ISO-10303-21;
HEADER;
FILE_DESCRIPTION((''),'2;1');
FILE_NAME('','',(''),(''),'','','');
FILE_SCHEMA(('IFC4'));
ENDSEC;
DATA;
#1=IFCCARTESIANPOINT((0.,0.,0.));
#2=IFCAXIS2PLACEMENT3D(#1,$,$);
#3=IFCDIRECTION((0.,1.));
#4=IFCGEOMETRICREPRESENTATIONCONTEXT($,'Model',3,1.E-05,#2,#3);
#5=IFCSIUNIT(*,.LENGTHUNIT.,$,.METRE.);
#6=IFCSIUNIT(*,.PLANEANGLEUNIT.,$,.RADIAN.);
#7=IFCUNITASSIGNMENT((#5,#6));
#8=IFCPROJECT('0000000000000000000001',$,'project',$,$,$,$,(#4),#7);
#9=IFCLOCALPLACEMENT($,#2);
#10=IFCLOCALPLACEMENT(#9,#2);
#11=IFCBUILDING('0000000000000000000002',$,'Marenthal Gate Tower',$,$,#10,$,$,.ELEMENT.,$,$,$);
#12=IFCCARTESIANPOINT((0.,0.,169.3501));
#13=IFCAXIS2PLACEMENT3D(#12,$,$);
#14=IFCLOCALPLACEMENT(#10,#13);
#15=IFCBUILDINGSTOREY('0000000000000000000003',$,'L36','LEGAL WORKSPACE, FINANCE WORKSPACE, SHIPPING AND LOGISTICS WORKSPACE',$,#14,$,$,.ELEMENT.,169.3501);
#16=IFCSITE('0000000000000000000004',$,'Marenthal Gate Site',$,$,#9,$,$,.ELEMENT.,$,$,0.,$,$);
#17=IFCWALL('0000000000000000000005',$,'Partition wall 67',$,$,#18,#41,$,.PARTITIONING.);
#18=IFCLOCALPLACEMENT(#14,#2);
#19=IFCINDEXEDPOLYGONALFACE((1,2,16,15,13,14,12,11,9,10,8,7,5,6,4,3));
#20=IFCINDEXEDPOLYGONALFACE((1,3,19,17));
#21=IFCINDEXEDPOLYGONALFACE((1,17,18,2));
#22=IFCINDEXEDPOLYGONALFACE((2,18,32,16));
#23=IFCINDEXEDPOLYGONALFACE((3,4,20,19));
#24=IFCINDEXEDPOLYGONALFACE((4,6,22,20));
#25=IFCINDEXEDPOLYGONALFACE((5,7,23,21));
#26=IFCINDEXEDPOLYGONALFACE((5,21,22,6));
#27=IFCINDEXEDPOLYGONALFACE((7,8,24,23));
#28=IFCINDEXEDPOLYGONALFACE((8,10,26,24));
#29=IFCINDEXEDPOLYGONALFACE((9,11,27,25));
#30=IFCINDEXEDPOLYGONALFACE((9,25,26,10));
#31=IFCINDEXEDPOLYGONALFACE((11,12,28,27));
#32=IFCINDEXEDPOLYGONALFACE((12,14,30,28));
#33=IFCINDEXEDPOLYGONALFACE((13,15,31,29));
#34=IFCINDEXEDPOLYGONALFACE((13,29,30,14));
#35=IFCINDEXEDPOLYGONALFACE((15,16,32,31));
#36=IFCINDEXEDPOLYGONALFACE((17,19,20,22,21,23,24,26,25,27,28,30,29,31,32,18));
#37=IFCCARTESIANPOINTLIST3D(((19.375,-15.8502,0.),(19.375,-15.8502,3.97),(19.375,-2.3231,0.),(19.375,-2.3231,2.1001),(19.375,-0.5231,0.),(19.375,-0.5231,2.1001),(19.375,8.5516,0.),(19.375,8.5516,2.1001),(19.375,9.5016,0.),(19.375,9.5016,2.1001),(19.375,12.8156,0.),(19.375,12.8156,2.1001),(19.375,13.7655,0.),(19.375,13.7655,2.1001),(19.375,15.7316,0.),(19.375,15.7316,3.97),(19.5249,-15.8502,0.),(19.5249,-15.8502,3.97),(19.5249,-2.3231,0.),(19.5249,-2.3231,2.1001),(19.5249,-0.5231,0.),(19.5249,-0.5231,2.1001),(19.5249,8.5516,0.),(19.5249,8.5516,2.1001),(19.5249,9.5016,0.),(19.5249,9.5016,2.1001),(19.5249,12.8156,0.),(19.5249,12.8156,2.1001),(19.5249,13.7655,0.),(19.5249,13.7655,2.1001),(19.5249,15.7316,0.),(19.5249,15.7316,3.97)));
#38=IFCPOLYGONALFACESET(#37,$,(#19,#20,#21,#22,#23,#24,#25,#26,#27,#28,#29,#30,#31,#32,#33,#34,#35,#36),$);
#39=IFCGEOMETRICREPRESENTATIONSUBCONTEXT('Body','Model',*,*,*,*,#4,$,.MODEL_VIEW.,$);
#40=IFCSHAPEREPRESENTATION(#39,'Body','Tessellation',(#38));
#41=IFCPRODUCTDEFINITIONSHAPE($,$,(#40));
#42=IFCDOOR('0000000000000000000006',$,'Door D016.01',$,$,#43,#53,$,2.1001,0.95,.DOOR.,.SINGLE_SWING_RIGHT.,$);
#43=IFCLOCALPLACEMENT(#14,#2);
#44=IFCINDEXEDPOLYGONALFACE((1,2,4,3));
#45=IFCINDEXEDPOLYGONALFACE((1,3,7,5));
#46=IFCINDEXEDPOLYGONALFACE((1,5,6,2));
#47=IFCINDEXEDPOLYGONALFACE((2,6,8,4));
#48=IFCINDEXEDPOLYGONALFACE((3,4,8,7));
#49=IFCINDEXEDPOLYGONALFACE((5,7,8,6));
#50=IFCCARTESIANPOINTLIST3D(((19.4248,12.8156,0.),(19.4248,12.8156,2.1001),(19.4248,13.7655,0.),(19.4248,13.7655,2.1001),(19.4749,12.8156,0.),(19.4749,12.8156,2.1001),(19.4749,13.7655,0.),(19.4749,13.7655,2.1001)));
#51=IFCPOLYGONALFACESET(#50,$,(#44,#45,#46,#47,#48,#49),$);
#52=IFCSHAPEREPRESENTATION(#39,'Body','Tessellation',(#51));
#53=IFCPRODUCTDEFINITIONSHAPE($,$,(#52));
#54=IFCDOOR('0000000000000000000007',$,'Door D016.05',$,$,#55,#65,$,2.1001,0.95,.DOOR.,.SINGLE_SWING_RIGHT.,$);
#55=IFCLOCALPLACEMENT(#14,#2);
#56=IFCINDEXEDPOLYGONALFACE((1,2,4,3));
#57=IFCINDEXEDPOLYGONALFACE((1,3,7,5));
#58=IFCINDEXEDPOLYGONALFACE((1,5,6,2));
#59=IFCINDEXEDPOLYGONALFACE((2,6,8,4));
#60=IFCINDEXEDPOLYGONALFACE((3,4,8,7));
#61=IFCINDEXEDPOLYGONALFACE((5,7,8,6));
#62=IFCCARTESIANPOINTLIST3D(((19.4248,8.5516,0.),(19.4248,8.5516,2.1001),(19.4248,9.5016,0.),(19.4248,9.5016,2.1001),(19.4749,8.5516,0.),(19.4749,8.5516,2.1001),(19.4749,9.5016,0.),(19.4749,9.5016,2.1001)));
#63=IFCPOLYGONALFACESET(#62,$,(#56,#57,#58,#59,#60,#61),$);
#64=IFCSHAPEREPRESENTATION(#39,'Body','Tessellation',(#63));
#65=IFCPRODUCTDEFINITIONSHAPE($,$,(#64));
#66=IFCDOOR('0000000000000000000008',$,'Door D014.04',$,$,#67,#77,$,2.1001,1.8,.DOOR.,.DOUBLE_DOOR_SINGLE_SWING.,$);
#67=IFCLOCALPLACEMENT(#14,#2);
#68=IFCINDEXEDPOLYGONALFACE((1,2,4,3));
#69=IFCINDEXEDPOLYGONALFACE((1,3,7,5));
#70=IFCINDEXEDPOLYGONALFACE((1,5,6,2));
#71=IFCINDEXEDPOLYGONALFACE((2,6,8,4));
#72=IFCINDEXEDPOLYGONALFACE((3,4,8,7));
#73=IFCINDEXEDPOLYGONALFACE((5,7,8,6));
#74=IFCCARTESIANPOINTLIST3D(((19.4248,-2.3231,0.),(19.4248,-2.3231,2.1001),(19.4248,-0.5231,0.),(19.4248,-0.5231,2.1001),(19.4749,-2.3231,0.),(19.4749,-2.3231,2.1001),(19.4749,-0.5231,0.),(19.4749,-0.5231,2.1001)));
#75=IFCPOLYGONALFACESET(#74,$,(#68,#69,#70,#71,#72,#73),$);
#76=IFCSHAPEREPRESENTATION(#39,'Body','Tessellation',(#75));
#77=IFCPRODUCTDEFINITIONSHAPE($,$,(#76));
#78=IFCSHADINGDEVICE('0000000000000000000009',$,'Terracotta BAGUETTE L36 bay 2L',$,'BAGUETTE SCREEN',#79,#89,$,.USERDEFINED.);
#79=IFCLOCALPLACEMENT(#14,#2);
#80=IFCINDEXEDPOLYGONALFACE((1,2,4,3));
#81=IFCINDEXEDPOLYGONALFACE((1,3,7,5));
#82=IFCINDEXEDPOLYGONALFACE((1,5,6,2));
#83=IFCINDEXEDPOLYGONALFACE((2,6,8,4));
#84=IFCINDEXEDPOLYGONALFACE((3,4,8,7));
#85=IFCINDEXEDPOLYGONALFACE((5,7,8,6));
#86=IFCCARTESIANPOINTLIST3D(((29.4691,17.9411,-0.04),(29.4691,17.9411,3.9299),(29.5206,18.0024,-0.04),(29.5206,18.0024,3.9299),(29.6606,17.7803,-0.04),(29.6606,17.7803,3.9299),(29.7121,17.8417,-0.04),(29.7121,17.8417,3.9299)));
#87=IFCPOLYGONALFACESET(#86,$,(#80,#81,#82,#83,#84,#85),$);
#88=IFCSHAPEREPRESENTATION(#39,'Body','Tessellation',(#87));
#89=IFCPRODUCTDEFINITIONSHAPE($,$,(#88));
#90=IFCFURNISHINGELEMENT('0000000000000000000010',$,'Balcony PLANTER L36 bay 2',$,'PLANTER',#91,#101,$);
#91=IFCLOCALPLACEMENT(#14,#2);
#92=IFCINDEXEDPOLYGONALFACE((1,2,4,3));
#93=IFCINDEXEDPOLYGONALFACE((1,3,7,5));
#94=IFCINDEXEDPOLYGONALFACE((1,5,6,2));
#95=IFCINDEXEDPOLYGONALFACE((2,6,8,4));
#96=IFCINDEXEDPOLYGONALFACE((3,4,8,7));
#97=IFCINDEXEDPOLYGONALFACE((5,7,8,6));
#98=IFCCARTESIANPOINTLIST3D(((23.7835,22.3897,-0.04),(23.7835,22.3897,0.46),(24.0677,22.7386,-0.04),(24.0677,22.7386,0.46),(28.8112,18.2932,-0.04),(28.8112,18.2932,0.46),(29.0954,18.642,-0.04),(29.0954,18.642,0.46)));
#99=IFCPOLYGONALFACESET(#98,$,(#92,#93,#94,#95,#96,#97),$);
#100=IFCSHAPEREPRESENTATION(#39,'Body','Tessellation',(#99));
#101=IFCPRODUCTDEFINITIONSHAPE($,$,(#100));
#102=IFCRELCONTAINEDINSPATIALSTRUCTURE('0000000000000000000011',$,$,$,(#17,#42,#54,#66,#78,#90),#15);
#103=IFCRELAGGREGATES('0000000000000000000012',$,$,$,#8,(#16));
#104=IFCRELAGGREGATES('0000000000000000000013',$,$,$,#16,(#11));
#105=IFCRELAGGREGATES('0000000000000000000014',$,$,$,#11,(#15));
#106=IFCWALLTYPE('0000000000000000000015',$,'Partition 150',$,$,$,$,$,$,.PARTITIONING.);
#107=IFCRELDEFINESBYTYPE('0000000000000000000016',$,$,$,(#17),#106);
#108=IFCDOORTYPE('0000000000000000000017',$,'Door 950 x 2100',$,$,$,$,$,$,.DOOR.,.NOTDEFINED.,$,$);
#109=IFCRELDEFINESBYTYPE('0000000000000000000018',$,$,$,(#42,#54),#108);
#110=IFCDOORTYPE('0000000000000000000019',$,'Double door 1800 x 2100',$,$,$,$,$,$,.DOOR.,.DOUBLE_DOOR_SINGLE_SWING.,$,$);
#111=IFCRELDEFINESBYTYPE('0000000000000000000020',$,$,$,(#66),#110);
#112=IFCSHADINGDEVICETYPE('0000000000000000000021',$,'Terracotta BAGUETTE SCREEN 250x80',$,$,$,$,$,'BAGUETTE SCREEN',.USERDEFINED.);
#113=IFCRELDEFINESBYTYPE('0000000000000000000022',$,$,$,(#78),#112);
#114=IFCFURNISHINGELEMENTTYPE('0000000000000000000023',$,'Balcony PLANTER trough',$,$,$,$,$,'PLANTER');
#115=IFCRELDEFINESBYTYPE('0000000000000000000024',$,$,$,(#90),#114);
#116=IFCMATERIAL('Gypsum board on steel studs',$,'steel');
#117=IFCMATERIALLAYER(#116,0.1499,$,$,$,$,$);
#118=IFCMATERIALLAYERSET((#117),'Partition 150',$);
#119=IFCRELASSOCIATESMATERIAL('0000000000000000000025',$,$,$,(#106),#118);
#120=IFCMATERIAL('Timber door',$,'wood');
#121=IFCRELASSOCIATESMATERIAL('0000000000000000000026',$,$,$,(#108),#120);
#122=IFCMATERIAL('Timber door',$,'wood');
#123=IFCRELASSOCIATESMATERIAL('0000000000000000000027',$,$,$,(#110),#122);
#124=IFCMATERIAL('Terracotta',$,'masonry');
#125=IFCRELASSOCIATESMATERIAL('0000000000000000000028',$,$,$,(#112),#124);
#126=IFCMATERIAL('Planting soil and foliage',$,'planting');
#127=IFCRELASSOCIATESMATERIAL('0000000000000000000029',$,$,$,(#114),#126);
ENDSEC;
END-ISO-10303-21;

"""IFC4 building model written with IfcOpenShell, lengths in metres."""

from ifc_helpers import new_model, si_unit, direction, frame, frame_2d, origin, origin_2d, place, context, subcontext, project, spatial, rectangle, extrude, material, layer, layer_set, material_profile, profile_set, type_object, element, fill, save


model = new_model("IFC4")

# Units and contexts
model_context = context("Model", 3, precision=1e-05, world=origin(), true_north=direction((0.0, 1.0)))
body_context = subcontext(model_context, "Body", "Model", "MODEL_VIEW")
ifc_project = project(units=[si_unit("LENGTHUNIT", "METRE"), si_unit("PLANEANGLEUNIT", "RADIAN")], contexts=[model_context])

# Site, building, storey
site_placement = place(None, origin())
site = spatial("IfcSite", under=ifc_project, at=site_placement, Name="Marenthal Gate Site", CompositionType="ELEMENT", RefElevation=0.0)
building_placement = place(site_placement, origin())
building = spatial("IfcBuilding", under=site, at=building_placement, Name="Marenthal Gate Tower", CompositionType="ELEMENT")
storey_placement = place(building_placement, frame((0.0, 0.0, 169.3501)))
storey = spatial("IfcBuildingStorey", under=building, at=storey_placement, Name="L36", Description="LEGAL WORKSPACE, FINANCE WORKSPACE, SHIPPING AND LOGISTICS WORKSPACE", CompositionType="ELEMENT", Elevation=169.3501)

# Wall, openings, doors
ifc_material_1 = material(Name="Gypsum board on steel studs", Category="steel")
ifc_layer_1 = layer(ifc_material_1, 0.1499)
ifc_layer_set_1 = layer_set([ifc_layer_1], Name="Partition 150")
wall_type_1 = type_object("IfcWallType", Name="Partition 150", PredefinedType="PARTITIONING", material=ifc_layer_set_1)
wall_1_placement = place(storey_placement, frame((19.45, 15.7317, 0.0), z_axis=(0.0, 0.0, 1.0), x_axis=(0.0, -1.0, 0.0)))
wall_1 = element("IfcWall", 1, at=wall_1_placement, inside=storey, type_object=wall_type_1, Name="Partition wall 67", PredefinedType="PARTITIONING", context=body_context, shape_type="SweptSolid", body=[
    extrude(rectangle(XDim=31.5818, YDim=0.1499, at=frame_2d((15.791, 0.0))), origin(), (0.0, 0.0, 1.0), 3.97),
])
opening_1_placement = place(wall_1_placement, frame((1.9661, 0.0, 0.0)))
opening_1 = element("IfcOpeningElement", 2, at=opening_1_placement, cuts=wall_1, PredefinedType="OPENING", context=body_context, shape_type="SweptSolid", body=[
    extrude(rectangle(XDim=0.95, YDim=2.1001, at=frame_2d((0.4751, 1.05))), frame((0.0, 0.085, 0.0), z_axis=(0.0, -1.0, 0.0), x_axis=(1.0, 0.0, 0.0)), (0.0, 0.0, 1.0), 0.1699),
])
opening_2_placement = place(wall_1_placement, frame((6.23, 0.0, 0.0)))
opening_2 = element("IfcOpeningElement", 3, at=opening_2_placement, cuts=wall_1, PredefinedType="OPENING", context=body_context, shape_type="SweptSolid", body=[
    extrude(rectangle(XDim=0.95, YDim=2.1001, at=frame_2d((0.4751, 1.05))), frame((0.0, 0.085, 0.0), z_axis=(0.0, -1.0, 0.0), x_axis=(1.0, 0.0, 0.0)), (0.0, 0.0, 1.0), 0.1699),
])
opening_3_placement = place(wall_1_placement, frame((16.2549, 0.0, 0.0)))
opening_3 = element("IfcOpeningElement", 4, at=opening_3_placement, cuts=wall_1, PredefinedType="OPENING", context=body_context, shape_type="SweptSolid", body=[
    extrude(rectangle(XDim=1.8, YDim=2.1001, at=frame_2d((0.8999, 1.05))), frame((0.0, 0.085, 0.0), z_axis=(0.0, -1.0, 0.0), x_axis=(1.0, 0.0, 0.0)), (0.0, 0.0, 1.0), 0.1699),
])
ifc_material_2 = material(Name="Timber door", Category="wood")
door_type_1 = type_object("IfcDoorType", Name="Door 950 x 2100", OperationType="NOTDEFINED", PredefinedType="DOOR", material=ifc_material_2)
door_1_placement = place(opening_1_placement, origin())
door_1 = element("IfcDoor", 5, at=door_1_placement, inside=storey, type_object=door_type_1, Name="Door D016.01", OperationType="SINGLE_SWING_RIGHT", OverallHeight=2.1001, OverallWidth=0.95, PredefinedType="DOOR", context=body_context, shape_type="SweptSolid", body=[
    extrude(rectangle(XDim=0.95, YDim=2.1001, at=frame_2d((0.4751, 1.05))), frame((0.0, 0.0249, 0.0), z_axis=(0.0, -1.0, 0.0), x_axis=(1.0, 0.0, 0.0)), (0.0, 0.0, 1.0), 0.05),
])
fill(opening_1, door_1)
door_2_placement = place(opening_2_placement, origin())
door_2 = element("IfcDoor", 6, at=door_2_placement, inside=storey, type_object=door_type_1, Name="Door D016.05", OperationType="SINGLE_SWING_RIGHT", OverallHeight=2.1001, OverallWidth=0.95, PredefinedType="DOOR", context=body_context, shape_type="SweptSolid", body=[
    extrude(rectangle(XDim=0.95, YDim=2.1001, at=frame_2d((0.4751, 1.05))), frame((0.0, 0.0249, 0.0), z_axis=(0.0, -1.0, 0.0), x_axis=(1.0, 0.0, 0.0)), (0.0, 0.0, 1.0), 0.05),
])
fill(opening_2, door_2)
ifc_material_3 = material(Name="Timber door", Category="wood")
door_type_2 = type_object("IfcDoorType", Name="Double door 1800 x 2100", OperationType="DOUBLE_DOOR_SINGLE_SWING", PredefinedType="DOOR", material=ifc_material_3)
door_3_placement = place(opening_3_placement, origin())
door_3 = element("IfcDoor", 7, at=door_3_placement, inside=storey, type_object=door_type_2, Name="Door D014.04", OperationType="DOUBLE_DOOR_SINGLE_SWING", OverallHeight=2.1001, OverallWidth=1.8, PredefinedType="DOOR", context=body_context, shape_type="SweptSolid", body=[
    extrude(rectangle(XDim=1.8, YDim=2.1001, at=frame_2d((0.8999, 1.05))), frame((0.0, 0.0249, 0.0), z_axis=(0.0, -1.0, 0.0), x_axis=(1.0, 0.0, 0.0)), (0.0, 0.0, 1.0), 0.05),
])
fill(opening_3, door_3)

# Shading device
ifc_material_4 = material(Name="Terracotta", Category="masonry")
ifc_material_profile_1 = material_profile(ifc_material_4, rectangle(XDim=0.25, YDim=0.0801, at=origin_2d()), Name="Terracotta baguette 250x80")
ifc_profile_set_1 = profile_set([ifc_material_profile_1], Name="Terracotta")
shading_device_type = type_object("IfcShadingDeviceType", Name="Terracotta BAGUETTE SCREEN 250x80", ElementType="BAGUETTE SCREEN", PredefinedType="USERDEFINED", material=ifc_profile_set_1)
shading_device_placement = place(storey_placement, frame((29.5906, 17.8914, -0.04), z_axis=(0.0, 0.0, 1.0), x_axis=(-0.765921, 0.642935, 0.0)))
element("IfcShadingDevice", 8, at=shading_device_placement, inside=storey, type_object=shading_device_type, Name="Terracotta BAGUETTE L36 bay 2L", ObjectType="BAGUETTE SCREEN", PredefinedType="USERDEFINED", context=body_context, shape_type="SweptSolid", body=[
    extrude(rectangle(XDim=0.25, YDim=0.0801, at=origin_2d()), origin(), (0.0, 0.0, 1.0), 3.97),
])

# Furnishing element
ifc_material_5 = material(Name="Planting soil and foliage", Category="planting")
furnishing_element_type = type_object("IfcFurnishingElementType", Name="Balcony PLANTER trough", ElementType="PLANTER", material=ifc_material_5)
furnishing_placement = place(storey_placement, frame((26.4395, 20.5159, -0.04), z_axis=(0.0, 0.0, 1.0), x_axis=(-0.77524, 0.631667, 0.0)))
element("IfcFurnishingElement", 9, at=furnishing_placement, inside=storey, type_object=furnishing_element_type, Name="Balcony PLANTER L36 bay 2", ObjectType="PLANTER", context=body_context, shape_type="SweptSolid", body=[
    extrude(rectangle(XDim=6.4854, YDim=0.45, at=origin_2d()), origin(), (0.0, 0.0, 1.0), 0.5),
])

save(model, "model.ifc")
